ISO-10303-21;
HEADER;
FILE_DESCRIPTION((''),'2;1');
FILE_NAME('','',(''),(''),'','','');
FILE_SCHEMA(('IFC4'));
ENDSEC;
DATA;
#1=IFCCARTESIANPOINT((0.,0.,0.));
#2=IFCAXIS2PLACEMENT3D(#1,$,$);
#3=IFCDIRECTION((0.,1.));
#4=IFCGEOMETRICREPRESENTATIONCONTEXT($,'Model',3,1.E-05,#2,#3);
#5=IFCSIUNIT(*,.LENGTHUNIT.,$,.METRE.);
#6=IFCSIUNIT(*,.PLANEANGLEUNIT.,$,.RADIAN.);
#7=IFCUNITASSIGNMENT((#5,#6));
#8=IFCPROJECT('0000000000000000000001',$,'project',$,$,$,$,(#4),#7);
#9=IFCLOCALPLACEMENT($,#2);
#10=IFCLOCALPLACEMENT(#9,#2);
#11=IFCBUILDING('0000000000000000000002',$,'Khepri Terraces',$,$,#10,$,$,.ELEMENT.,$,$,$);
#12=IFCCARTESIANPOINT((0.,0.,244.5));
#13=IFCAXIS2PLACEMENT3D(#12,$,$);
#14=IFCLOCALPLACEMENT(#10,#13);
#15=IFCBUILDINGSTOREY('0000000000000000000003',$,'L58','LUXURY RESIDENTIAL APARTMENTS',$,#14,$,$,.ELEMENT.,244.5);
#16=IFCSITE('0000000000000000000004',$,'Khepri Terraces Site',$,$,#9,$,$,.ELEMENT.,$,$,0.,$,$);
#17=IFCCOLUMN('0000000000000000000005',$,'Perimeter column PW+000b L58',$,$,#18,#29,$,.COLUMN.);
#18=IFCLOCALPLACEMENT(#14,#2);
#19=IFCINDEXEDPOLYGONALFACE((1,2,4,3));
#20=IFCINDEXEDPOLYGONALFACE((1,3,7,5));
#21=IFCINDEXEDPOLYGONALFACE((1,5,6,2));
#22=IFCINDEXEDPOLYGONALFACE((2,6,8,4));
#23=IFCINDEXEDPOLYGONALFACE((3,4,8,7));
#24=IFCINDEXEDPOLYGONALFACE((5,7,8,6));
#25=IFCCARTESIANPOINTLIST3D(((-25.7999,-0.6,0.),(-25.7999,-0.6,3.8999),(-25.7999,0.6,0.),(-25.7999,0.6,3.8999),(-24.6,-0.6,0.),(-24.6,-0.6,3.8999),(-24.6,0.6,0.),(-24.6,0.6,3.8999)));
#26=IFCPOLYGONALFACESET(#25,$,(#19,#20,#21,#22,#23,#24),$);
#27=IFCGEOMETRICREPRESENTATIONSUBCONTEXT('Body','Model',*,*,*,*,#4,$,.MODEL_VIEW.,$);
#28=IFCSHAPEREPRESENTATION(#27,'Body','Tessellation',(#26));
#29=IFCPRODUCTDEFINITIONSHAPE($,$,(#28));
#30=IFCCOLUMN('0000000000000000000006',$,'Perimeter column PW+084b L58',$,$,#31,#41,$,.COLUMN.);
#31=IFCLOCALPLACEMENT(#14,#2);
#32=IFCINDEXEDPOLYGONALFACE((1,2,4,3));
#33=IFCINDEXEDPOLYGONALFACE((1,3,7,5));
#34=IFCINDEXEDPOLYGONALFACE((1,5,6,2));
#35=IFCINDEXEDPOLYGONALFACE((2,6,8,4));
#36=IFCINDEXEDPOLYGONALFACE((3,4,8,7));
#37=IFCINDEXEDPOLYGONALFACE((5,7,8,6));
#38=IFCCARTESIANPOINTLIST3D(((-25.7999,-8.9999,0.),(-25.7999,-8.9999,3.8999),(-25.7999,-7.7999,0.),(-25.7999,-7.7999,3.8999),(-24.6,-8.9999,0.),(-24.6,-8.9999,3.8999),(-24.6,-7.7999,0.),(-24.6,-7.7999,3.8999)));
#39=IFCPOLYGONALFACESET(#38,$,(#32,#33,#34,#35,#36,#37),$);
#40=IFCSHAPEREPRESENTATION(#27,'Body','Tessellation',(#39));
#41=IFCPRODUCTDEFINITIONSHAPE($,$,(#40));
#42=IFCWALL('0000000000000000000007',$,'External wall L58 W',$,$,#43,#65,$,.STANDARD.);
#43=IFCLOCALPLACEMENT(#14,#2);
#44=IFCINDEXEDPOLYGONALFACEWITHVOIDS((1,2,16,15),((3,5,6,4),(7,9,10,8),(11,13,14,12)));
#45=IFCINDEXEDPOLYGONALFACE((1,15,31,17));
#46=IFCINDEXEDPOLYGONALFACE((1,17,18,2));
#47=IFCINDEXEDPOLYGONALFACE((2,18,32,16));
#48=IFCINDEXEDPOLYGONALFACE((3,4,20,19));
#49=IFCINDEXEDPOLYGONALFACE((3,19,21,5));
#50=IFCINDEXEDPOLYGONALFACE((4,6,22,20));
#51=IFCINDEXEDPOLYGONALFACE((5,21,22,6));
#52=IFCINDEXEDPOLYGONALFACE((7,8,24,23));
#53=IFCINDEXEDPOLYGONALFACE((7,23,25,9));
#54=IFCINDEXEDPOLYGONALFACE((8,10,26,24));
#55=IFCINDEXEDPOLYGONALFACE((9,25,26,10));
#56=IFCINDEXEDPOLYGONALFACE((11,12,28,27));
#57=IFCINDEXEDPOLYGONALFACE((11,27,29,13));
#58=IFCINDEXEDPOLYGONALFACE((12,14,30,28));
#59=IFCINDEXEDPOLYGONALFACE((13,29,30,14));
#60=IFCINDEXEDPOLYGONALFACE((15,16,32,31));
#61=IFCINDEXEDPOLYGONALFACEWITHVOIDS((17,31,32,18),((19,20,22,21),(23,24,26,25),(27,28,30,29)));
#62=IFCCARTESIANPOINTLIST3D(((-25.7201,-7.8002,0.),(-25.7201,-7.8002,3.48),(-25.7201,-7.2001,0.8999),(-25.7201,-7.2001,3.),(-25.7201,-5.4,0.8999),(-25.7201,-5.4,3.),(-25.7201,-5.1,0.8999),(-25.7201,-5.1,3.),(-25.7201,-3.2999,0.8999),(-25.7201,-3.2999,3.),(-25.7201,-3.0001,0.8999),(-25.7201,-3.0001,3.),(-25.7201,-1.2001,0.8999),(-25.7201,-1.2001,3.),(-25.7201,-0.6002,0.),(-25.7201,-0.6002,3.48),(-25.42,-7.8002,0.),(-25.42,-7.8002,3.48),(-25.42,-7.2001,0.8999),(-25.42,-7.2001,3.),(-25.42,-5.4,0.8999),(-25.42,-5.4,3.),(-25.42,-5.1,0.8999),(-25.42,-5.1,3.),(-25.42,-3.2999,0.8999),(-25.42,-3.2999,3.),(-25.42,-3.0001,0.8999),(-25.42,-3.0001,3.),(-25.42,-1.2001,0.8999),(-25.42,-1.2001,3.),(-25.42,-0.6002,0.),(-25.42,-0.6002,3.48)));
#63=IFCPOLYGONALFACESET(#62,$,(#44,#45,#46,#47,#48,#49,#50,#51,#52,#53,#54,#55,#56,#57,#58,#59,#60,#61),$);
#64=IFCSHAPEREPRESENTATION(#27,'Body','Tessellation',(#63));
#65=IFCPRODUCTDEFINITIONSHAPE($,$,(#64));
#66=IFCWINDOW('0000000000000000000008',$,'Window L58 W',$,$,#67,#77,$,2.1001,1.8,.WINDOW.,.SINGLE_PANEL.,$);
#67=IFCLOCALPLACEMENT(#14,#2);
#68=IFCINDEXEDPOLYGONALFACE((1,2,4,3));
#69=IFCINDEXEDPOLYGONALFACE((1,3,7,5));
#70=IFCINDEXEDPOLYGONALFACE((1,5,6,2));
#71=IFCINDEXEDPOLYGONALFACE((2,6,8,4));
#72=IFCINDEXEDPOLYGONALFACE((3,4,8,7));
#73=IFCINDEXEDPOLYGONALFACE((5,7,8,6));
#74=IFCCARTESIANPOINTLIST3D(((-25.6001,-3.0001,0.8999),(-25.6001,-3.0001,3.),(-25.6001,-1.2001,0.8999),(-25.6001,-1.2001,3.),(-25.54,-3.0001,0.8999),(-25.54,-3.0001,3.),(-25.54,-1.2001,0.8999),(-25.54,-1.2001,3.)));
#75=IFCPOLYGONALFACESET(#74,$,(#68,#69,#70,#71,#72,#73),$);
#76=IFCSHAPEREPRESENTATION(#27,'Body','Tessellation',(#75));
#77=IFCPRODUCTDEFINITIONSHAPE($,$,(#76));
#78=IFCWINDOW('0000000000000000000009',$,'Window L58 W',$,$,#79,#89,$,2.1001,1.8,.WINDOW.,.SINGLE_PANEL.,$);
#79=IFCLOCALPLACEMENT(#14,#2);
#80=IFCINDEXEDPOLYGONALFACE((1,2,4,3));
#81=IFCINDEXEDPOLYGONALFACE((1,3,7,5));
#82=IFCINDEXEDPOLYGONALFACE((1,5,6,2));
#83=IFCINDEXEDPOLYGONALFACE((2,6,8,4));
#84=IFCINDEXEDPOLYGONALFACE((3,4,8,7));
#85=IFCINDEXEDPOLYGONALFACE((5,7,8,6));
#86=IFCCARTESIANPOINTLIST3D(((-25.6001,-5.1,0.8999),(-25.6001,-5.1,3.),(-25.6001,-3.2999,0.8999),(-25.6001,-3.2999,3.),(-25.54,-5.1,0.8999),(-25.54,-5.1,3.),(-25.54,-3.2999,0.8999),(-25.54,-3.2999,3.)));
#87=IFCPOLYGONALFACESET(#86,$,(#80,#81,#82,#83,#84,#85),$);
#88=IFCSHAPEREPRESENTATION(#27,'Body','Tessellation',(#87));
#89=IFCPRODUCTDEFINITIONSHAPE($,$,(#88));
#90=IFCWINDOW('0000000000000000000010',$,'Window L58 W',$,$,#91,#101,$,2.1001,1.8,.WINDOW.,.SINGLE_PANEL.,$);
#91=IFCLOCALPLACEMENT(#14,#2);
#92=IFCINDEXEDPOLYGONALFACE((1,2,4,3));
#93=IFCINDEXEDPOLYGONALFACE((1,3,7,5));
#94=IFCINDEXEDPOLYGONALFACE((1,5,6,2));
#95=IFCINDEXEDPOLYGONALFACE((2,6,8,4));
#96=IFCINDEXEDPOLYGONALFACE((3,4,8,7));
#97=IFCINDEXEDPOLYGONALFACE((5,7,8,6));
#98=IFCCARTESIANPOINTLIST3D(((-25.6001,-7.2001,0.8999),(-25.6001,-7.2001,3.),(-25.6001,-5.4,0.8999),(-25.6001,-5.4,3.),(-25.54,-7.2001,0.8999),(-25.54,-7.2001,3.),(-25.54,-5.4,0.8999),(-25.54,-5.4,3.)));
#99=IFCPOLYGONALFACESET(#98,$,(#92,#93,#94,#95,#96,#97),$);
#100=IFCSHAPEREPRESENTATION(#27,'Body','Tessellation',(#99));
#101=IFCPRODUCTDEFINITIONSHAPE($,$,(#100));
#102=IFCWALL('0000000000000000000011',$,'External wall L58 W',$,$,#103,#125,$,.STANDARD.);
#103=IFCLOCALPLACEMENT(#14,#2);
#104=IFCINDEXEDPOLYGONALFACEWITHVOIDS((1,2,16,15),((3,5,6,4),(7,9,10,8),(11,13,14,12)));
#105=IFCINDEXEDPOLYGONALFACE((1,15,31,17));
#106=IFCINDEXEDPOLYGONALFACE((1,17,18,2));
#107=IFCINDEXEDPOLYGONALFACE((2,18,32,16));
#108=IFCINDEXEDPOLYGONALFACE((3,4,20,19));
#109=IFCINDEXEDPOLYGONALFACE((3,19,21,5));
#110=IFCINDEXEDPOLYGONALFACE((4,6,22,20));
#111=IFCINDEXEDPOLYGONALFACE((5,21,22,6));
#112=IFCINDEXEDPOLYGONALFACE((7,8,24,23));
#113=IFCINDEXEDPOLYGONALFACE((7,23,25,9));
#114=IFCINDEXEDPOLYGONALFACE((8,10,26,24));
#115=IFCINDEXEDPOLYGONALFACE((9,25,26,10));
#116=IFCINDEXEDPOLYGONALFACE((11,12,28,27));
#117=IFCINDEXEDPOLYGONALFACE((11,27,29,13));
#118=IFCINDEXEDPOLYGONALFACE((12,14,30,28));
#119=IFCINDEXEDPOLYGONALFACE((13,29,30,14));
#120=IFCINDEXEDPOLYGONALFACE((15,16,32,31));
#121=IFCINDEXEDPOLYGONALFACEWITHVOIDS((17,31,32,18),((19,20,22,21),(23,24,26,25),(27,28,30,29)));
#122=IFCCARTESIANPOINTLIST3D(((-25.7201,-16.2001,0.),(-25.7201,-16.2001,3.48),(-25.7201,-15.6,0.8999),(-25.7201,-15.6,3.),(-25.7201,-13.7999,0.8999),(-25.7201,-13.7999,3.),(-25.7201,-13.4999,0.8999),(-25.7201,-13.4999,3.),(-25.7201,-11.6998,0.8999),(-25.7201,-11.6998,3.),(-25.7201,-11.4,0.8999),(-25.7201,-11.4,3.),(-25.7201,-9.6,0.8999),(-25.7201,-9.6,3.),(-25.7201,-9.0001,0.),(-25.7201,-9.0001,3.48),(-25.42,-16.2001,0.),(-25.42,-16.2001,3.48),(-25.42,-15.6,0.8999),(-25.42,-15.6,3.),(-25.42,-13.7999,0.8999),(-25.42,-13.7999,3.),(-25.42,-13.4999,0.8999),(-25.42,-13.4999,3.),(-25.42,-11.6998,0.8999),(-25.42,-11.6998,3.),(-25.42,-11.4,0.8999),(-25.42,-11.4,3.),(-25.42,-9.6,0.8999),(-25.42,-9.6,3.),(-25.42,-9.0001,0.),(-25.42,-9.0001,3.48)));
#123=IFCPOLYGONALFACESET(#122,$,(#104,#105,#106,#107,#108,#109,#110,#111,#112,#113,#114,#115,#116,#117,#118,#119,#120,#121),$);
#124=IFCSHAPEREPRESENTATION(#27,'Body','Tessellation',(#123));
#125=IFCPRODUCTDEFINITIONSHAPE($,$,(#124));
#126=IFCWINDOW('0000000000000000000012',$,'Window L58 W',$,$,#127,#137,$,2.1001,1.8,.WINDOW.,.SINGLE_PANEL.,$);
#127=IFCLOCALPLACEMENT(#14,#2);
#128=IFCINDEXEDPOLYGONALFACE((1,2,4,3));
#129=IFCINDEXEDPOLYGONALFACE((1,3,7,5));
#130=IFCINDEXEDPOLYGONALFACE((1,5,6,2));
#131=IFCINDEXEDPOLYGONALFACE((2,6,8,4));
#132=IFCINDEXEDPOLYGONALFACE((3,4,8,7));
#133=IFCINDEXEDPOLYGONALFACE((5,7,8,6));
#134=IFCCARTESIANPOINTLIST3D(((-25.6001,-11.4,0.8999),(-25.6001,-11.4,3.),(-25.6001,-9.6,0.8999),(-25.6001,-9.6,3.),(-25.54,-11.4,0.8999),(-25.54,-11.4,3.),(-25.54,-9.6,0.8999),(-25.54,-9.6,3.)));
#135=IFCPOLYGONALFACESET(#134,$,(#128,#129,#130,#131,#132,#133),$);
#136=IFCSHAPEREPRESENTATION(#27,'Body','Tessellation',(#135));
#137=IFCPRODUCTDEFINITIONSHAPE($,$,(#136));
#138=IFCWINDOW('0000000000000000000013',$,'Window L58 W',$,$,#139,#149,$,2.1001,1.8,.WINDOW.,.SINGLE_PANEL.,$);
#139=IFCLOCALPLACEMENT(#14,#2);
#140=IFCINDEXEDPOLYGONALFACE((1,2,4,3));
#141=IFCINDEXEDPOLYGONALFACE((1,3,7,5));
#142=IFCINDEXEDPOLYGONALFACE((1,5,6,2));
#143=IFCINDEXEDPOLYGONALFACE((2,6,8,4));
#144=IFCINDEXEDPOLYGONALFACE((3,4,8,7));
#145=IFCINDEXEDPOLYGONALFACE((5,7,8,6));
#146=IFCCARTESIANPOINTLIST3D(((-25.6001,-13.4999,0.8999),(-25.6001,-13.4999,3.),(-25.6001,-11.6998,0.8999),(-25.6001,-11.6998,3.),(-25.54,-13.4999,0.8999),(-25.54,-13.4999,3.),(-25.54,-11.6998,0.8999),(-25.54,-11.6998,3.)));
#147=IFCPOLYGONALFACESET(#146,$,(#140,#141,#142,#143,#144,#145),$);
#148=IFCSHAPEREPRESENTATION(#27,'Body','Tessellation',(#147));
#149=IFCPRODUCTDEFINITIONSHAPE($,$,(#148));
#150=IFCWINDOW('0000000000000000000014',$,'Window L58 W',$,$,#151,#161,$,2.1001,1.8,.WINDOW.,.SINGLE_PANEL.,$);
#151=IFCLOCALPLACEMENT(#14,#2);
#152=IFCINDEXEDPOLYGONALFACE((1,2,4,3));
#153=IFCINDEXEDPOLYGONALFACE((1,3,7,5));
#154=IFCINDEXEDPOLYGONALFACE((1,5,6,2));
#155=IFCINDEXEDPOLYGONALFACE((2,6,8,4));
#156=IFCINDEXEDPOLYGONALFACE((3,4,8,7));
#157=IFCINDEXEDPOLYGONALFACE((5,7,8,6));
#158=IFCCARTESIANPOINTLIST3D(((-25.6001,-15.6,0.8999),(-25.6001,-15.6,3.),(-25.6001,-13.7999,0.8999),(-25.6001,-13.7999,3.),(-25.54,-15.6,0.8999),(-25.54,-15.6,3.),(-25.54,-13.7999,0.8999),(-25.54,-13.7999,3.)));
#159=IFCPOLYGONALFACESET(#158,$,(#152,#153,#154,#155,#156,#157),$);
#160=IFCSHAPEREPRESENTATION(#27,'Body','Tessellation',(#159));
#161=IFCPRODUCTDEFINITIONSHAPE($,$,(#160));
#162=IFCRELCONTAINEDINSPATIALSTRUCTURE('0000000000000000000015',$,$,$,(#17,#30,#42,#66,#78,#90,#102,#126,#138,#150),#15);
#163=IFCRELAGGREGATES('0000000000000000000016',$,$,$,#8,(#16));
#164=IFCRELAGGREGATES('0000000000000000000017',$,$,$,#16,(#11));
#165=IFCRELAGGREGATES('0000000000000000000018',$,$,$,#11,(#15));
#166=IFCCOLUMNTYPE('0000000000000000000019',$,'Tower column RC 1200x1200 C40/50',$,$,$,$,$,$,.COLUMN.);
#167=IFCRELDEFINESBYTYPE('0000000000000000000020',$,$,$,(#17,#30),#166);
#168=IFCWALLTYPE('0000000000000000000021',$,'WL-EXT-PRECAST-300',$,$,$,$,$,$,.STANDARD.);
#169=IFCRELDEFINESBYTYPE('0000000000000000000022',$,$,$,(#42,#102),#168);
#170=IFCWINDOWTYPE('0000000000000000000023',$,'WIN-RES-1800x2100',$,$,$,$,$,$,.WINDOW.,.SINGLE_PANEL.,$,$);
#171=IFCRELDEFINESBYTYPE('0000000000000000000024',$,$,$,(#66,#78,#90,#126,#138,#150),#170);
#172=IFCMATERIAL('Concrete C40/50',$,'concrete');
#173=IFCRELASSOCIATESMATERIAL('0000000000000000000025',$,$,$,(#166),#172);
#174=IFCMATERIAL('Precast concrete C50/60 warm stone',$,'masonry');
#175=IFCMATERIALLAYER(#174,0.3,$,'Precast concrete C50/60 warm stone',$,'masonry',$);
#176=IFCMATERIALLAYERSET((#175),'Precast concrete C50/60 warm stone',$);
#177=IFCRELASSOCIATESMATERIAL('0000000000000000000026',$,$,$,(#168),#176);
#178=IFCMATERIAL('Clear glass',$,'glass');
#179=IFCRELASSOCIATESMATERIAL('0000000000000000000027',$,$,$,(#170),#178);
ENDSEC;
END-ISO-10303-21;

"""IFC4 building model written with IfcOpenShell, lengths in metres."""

from ifc_helpers import new_model, si_unit, direction, frame, frame_2d, origin, origin_2d, place, context, subcontext, project, spatial, rectangle, extrude, material, layer, layer_set, material_profile, profile_set, type_object, element, fill, save


model = new_model("IFC4")

# Units and contexts
model_context = context("Model", 3, precision=1e-05, world=origin(), true_north=direction((0.0, 1.0)))
body_context = subcontext(model_context, "Body", "Model", "MODEL_VIEW")
ifc_project = project(units=[si_unit("LENGTHUNIT", "METRE"), si_unit("PLANEANGLEUNIT", "RADIAN")], contexts=[model_context])

# Site, building, storey
site_placement = place(None, origin())
site = spatial("IfcSite", under=ifc_project, at=site_placement, Name="Khepri Terraces Site", CompositionType="ELEMENT", RefElevation=0.0)
building_placement = place(site_placement, origin())
building = spatial("IfcBuilding", under=site, at=building_placement, Name="Khepri Terraces", CompositionType="ELEMENT")
storey_placement = place(building_placement, frame((0.0, 0.0, 244.5)))
storey = spatial("IfcBuildingStorey", under=building, at=storey_placement, Name="L58", Description="LUXURY RESIDENTIAL APARTMENTS", CompositionType="ELEMENT", Elevation=244.5)

# Columns
ifc_material_1 = material(Name="Concrete C40/50", Category="concrete")
ifc_material_profile = material_profile(ifc_material_1, rectangle(XDim=1.2, YDim=1.2, at=origin_2d()), Name="Concrete C40/50", Category="concrete")
ifc_profile_set = profile_set([ifc_material_profile], Name="Concrete C40/50")
column_type = type_object("IfcColumnType", Name="Tower column RC 1200x1200 C40/50", PredefinedType="COLUMN", material=ifc_profile_set)
for number, where, z_axis, x_axis, name in (
    (1, (-25.2, 0.0, 0.0), (0.0, 0.0, 1.0), (1.0, 0.0, 0.0), "Perimeter column PW+000b L58"),
    (2, (-25.2, -8.3999, 0.0), (0.0, 0.0, 1.0), (1.0, 0.0, 0.0), "Perimeter column PW+084b L58"),
):
    element("IfcColumn", number, at=place(storey_placement, frame(where, z_axis=z_axis, x_axis=x_axis)), inside=storey, type_object=column_type, Name=name, PredefinedType="COLUMN", context=body_context, shape_type="SweptSolid", body=[
        extrude(rectangle(XDim=1.2, YDim=1.2, at=origin_2d()), origin(), (0.0, 0.0, 1.0), 3.8999),
    ])

# Walls, openings, windows
ifc_material_2 = material(Name="Precast concrete C50/60 warm stone", Category="masonry")
ifc_layer_1 = layer(ifc_material_2, 0.3, Name="Precast concrete C50/60 warm stone", Category="masonry")
ifc_layer_set_1 = layer_set([ifc_layer_1], Name="Precast concrete C50/60 warm stone")
wall_type_1 = type_object("IfcWallType", Name="WL-EXT-PRECAST-300", PredefinedType="STANDARD", material=ifc_layer_set_1)
wall_1_placement = place(storey_placement, frame((-25.5701, -0.6001, 0.0), z_axis=(0.0, 0.0, 1.0), x_axis=(0.0, -1.0, 0.0)))
wall_1 = element("IfcWall", 3, at=wall_1_placement, inside=storey, type_object=wall_type_1, Name="External wall L58 W", PredefinedType="STANDARD", context=body_context, shape_type="SweptSolid", body=[
    extrude(rectangle(XDim=7.2, YDim=0.3, at=frame_2d((3.6001, 0.0))), origin(), (0.0, 0.0, 1.0), 3.48),
])
opening_1_placement = place(wall_1_placement, frame((0.6001, 0.0, 0.8999)))
opening_1 = element("IfcOpeningElement", 4, at=opening_1_placement, cuts=wall_1, PredefinedType="OPENING", context=body_context, shape_type="SweptSolid", body=[
    extrude(rectangle(XDim=1.8, YDim=2.1001, at=frame_2d((0.8999, 1.05))), frame((0.0, 0.1602, 0.0), z_axis=(0.0, -1.0, 0.0), x_axis=(1.0, 0.0, 0.0)), (0.0, 0.0, 1.0), 0.3201),
])
opening_2_placement = place(wall_1_placement, frame((2.7, 0.0, 0.8999)))
opening_2 = element("IfcOpeningElement", 5, at=opening_2_placement, cuts=wall_1, PredefinedType="OPENING", context=body_context, shape_type="SweptSolid", body=[
    extrude(rectangle(XDim=1.8, YDim=2.1001, at=frame_2d((0.8999, 1.05))), frame((0.0, 0.1602, 0.0), z_axis=(0.0, -1.0, 0.0), x_axis=(1.0, 0.0, 0.0)), (0.0, 0.0, 1.0), 0.3201),
])
opening_3_placement = place(wall_1_placement, frame((4.8, 0.0, 0.8999)))
opening_3 = element("IfcOpeningElement", 6, at=opening_3_placement, cuts=wall_1, PredefinedType="OPENING", context=body_context, shape_type="SweptSolid", body=[
    extrude(rectangle(XDim=1.8, YDim=2.1001, at=frame_2d((0.8999, 1.05))), frame((0.0, 0.1602, 0.0), z_axis=(0.0, -1.0, 0.0), x_axis=(1.0, 0.0, 0.0)), (0.0, 0.0, 1.0), 0.3201),
])
ifc_material_3 = material(Name="Clear glass", Category="glass")
window_type = type_object("IfcWindowType", Name="WIN-RES-1800x2100", PartitioningType="SINGLE_PANEL", PredefinedType="WINDOW", material=ifc_material_3)
window_1_placement = place(opening_1_placement, origin())
window_1 = element("IfcWindow", 7, at=window_1_placement, inside=storey, type_object=window_type, Name="Window L58 W", OverallHeight=2.1001, OverallWidth=1.8, PartitioningType="SINGLE_PANEL", PredefinedType="WINDOW", context=body_context, shape_type="SweptSolid", body=[
    extrude(rectangle(XDim=1.8, YDim=2.1001, at=frame_2d((0.8999, 1.05))), frame((0.0, 0.03, 0.0), z_axis=(0.0, -1.0, 0.0), x_axis=(1.0, 0.0, 0.0)), (0.0, 0.0, 1.0), 0.0601),
])
fill(opening_1, window_1)
window_2_placement = place(opening_2_placement, origin())
window_2 = element("IfcWindow", 8, at=window_2_placement, inside=storey, type_object=window_type, Name="Window L58 W", OverallHeight=2.1001, OverallWidth=1.8, PartitioningType="SINGLE_PANEL", PredefinedType="WINDOW", context=body_context, shape_type="SweptSolid", body=[
    extrude(rectangle(XDim=1.8, YDim=2.1001, at=frame_2d((0.8999, 1.05))), frame((0.0, 0.03, 0.0), z_axis=(0.0, -1.0, 0.0), x_axis=(1.0, 0.0, 0.0)), (0.0, 0.0, 1.0), 0.0601),
])
fill(opening_2, window_2)
window_3_placement = place(opening_3_placement, origin())
window_3 = element("IfcWindow", 9, at=window_3_placement, inside=storey, type_object=window_type, Name="Window L58 W", OverallHeight=2.1001, OverallWidth=1.8, PartitioningType="SINGLE_PANEL", PredefinedType="WINDOW", context=body_context, shape_type="SweptSolid", body=[
    extrude(rectangle(XDim=1.8, YDim=2.1001, at=frame_2d((0.8999, 1.05))), frame((0.0, 0.03, 0.0), z_axis=(0.0, -1.0, 0.0), x_axis=(1.0, 0.0, 0.0)), (0.0, 0.0, 1.0), 0.0601),
])
fill(opening_3, window_3)
wall_2_placement = place(storey_placement, frame((-25.5701, -9.0, 0.0), z_axis=(0.0, 0.0, 1.0), x_axis=(0.0, -1.0, 0.0)))
wall_2 = element("IfcWall", 10, at=wall_2_placement, inside=storey, type_object=wall_type_1, Name="External wall L58 W", PredefinedType="STANDARD", context=body_context, shape_type="SweptSolid", body=[
    extrude(rectangle(XDim=7.2, YDim=0.3, at=frame_2d((3.6001, 0.0))), origin(), (0.0, 0.0, 1.0), 3.48),
])
opening_4_placement = place(wall_2_placement, frame((0.6001, 0.0, 0.8999)))
opening_4 = element("IfcOpeningElement", 11, at=opening_4_placement, cuts=wall_2, PredefinedType="OPENING", context=body_context, shape_type="SweptSolid", body=[
    extrude(rectangle(XDim=1.8, YDim=2.1001, at=frame_2d((0.8999, 1.05))), frame((0.0, 0.1602, 0.0), z_axis=(0.0, -1.0, 0.0), x_axis=(1.0, 0.0, 0.0)), (0.0, 0.0, 1.0), 0.3201),
])
opening_5_placement = place(wall_2_placement, frame((2.7, 0.0, 0.8999)))
opening_5 = element("IfcOpeningElement", 12, at=opening_5_placement, cuts=wall_2, PredefinedType="OPENING", context=body_context, shape_type="SweptSolid", body=[
    extrude(rectangle(XDim=1.8, YDim=2.1001, at=frame_2d((0.8999, 1.05))), frame((0.0, 0.1602, 0.0), z_axis=(0.0, -1.0, 0.0), x_axis=(1.0, 0.0, 0.0)), (0.0, 0.0, 1.0), 0.3201),
])
opening_6_placement = place(wall_2_placement, frame((4.8, 0.0, 0.8999)))
opening_6 = element("IfcOpeningElement", 13, at=opening_6_placement, cuts=wall_2, PredefinedType="OPENING", context=body_context, shape_type="SweptSolid", body=[
    extrude(rectangle(XDim=1.8, YDim=2.1001, at=frame_2d((0.8999, 1.05))), frame((0.0, 0.1602, 0.0), z_axis=(0.0, -1.0, 0.0), x_axis=(1.0, 0.0, 0.0)), (0.0, 0.0, 1.0), 0.3201),
])
window_4_placement = place(opening_4_placement, origin())
window_4 = element("IfcWindow", 14, at=window_4_placement, inside=storey, type_object=window_type, Name="Window L58 W", OverallHeight=2.1001, OverallWidth=1.8, PartitioningType="SINGLE_PANEL", PredefinedType="WINDOW", context=body_context, shape_type="SweptSolid", body=[
    extrude(rectangle(XDim=1.8, YDim=2.1001, at=frame_2d((0.8999, 1.05))), frame((0.0, 0.03, 0.0), z_axis=(0.0, -1.0, 0.0), x_axis=(1.0, 0.0, 0.0)), (0.0, 0.0, 1.0), 0.0601),
])
fill(opening_4, window_4)
window_5_placement = place(opening_5_placement, origin())
window_5 = element("IfcWindow", 15, at=window_5_placement, inside=storey, type_object=window_type, Name="Window L58 W", OverallHeight=2.1001, OverallWidth=1.8, PartitioningType="SINGLE_PANEL", PredefinedType="WINDOW", context=body_context, shape_type="SweptSolid", body=[
    extrude(rectangle(XDim=1.8, YDim=2.1001, at=frame_2d((0.8999, 1.05))), frame((0.0, 0.03, 0.0), z_axis=(0.0, -1.0, 0.0), x_axis=(1.0, 0.0, 0.0)), (0.0, 0.0, 1.0), 0.0601),
])
fill(opening_5, window_5)
window_6_placement = place(opening_6_placement, origin())
window_6 = element("IfcWindow", 16, at=window_6_placement, inside=storey, type_object=window_type, Name="Window L58 W", OverallHeight=2.1001, OverallWidth=1.8, PartitioningType="SINGLE_PANEL", PredefinedType="WINDOW", context=body_context, shape_type="SweptSolid", body=[
    extrude(rectangle(XDim=1.8, YDim=2.1001, at=frame_2d((0.8999, 1.05))), frame((0.0, 0.03, 0.0), z_axis=(0.0, -1.0, 0.0), x_axis=(1.0, 0.0, 0.0)), (0.0, 0.0, 1.0), 0.0601),
])
fill(opening_6, window_6)

save(model, "model.ifc")
